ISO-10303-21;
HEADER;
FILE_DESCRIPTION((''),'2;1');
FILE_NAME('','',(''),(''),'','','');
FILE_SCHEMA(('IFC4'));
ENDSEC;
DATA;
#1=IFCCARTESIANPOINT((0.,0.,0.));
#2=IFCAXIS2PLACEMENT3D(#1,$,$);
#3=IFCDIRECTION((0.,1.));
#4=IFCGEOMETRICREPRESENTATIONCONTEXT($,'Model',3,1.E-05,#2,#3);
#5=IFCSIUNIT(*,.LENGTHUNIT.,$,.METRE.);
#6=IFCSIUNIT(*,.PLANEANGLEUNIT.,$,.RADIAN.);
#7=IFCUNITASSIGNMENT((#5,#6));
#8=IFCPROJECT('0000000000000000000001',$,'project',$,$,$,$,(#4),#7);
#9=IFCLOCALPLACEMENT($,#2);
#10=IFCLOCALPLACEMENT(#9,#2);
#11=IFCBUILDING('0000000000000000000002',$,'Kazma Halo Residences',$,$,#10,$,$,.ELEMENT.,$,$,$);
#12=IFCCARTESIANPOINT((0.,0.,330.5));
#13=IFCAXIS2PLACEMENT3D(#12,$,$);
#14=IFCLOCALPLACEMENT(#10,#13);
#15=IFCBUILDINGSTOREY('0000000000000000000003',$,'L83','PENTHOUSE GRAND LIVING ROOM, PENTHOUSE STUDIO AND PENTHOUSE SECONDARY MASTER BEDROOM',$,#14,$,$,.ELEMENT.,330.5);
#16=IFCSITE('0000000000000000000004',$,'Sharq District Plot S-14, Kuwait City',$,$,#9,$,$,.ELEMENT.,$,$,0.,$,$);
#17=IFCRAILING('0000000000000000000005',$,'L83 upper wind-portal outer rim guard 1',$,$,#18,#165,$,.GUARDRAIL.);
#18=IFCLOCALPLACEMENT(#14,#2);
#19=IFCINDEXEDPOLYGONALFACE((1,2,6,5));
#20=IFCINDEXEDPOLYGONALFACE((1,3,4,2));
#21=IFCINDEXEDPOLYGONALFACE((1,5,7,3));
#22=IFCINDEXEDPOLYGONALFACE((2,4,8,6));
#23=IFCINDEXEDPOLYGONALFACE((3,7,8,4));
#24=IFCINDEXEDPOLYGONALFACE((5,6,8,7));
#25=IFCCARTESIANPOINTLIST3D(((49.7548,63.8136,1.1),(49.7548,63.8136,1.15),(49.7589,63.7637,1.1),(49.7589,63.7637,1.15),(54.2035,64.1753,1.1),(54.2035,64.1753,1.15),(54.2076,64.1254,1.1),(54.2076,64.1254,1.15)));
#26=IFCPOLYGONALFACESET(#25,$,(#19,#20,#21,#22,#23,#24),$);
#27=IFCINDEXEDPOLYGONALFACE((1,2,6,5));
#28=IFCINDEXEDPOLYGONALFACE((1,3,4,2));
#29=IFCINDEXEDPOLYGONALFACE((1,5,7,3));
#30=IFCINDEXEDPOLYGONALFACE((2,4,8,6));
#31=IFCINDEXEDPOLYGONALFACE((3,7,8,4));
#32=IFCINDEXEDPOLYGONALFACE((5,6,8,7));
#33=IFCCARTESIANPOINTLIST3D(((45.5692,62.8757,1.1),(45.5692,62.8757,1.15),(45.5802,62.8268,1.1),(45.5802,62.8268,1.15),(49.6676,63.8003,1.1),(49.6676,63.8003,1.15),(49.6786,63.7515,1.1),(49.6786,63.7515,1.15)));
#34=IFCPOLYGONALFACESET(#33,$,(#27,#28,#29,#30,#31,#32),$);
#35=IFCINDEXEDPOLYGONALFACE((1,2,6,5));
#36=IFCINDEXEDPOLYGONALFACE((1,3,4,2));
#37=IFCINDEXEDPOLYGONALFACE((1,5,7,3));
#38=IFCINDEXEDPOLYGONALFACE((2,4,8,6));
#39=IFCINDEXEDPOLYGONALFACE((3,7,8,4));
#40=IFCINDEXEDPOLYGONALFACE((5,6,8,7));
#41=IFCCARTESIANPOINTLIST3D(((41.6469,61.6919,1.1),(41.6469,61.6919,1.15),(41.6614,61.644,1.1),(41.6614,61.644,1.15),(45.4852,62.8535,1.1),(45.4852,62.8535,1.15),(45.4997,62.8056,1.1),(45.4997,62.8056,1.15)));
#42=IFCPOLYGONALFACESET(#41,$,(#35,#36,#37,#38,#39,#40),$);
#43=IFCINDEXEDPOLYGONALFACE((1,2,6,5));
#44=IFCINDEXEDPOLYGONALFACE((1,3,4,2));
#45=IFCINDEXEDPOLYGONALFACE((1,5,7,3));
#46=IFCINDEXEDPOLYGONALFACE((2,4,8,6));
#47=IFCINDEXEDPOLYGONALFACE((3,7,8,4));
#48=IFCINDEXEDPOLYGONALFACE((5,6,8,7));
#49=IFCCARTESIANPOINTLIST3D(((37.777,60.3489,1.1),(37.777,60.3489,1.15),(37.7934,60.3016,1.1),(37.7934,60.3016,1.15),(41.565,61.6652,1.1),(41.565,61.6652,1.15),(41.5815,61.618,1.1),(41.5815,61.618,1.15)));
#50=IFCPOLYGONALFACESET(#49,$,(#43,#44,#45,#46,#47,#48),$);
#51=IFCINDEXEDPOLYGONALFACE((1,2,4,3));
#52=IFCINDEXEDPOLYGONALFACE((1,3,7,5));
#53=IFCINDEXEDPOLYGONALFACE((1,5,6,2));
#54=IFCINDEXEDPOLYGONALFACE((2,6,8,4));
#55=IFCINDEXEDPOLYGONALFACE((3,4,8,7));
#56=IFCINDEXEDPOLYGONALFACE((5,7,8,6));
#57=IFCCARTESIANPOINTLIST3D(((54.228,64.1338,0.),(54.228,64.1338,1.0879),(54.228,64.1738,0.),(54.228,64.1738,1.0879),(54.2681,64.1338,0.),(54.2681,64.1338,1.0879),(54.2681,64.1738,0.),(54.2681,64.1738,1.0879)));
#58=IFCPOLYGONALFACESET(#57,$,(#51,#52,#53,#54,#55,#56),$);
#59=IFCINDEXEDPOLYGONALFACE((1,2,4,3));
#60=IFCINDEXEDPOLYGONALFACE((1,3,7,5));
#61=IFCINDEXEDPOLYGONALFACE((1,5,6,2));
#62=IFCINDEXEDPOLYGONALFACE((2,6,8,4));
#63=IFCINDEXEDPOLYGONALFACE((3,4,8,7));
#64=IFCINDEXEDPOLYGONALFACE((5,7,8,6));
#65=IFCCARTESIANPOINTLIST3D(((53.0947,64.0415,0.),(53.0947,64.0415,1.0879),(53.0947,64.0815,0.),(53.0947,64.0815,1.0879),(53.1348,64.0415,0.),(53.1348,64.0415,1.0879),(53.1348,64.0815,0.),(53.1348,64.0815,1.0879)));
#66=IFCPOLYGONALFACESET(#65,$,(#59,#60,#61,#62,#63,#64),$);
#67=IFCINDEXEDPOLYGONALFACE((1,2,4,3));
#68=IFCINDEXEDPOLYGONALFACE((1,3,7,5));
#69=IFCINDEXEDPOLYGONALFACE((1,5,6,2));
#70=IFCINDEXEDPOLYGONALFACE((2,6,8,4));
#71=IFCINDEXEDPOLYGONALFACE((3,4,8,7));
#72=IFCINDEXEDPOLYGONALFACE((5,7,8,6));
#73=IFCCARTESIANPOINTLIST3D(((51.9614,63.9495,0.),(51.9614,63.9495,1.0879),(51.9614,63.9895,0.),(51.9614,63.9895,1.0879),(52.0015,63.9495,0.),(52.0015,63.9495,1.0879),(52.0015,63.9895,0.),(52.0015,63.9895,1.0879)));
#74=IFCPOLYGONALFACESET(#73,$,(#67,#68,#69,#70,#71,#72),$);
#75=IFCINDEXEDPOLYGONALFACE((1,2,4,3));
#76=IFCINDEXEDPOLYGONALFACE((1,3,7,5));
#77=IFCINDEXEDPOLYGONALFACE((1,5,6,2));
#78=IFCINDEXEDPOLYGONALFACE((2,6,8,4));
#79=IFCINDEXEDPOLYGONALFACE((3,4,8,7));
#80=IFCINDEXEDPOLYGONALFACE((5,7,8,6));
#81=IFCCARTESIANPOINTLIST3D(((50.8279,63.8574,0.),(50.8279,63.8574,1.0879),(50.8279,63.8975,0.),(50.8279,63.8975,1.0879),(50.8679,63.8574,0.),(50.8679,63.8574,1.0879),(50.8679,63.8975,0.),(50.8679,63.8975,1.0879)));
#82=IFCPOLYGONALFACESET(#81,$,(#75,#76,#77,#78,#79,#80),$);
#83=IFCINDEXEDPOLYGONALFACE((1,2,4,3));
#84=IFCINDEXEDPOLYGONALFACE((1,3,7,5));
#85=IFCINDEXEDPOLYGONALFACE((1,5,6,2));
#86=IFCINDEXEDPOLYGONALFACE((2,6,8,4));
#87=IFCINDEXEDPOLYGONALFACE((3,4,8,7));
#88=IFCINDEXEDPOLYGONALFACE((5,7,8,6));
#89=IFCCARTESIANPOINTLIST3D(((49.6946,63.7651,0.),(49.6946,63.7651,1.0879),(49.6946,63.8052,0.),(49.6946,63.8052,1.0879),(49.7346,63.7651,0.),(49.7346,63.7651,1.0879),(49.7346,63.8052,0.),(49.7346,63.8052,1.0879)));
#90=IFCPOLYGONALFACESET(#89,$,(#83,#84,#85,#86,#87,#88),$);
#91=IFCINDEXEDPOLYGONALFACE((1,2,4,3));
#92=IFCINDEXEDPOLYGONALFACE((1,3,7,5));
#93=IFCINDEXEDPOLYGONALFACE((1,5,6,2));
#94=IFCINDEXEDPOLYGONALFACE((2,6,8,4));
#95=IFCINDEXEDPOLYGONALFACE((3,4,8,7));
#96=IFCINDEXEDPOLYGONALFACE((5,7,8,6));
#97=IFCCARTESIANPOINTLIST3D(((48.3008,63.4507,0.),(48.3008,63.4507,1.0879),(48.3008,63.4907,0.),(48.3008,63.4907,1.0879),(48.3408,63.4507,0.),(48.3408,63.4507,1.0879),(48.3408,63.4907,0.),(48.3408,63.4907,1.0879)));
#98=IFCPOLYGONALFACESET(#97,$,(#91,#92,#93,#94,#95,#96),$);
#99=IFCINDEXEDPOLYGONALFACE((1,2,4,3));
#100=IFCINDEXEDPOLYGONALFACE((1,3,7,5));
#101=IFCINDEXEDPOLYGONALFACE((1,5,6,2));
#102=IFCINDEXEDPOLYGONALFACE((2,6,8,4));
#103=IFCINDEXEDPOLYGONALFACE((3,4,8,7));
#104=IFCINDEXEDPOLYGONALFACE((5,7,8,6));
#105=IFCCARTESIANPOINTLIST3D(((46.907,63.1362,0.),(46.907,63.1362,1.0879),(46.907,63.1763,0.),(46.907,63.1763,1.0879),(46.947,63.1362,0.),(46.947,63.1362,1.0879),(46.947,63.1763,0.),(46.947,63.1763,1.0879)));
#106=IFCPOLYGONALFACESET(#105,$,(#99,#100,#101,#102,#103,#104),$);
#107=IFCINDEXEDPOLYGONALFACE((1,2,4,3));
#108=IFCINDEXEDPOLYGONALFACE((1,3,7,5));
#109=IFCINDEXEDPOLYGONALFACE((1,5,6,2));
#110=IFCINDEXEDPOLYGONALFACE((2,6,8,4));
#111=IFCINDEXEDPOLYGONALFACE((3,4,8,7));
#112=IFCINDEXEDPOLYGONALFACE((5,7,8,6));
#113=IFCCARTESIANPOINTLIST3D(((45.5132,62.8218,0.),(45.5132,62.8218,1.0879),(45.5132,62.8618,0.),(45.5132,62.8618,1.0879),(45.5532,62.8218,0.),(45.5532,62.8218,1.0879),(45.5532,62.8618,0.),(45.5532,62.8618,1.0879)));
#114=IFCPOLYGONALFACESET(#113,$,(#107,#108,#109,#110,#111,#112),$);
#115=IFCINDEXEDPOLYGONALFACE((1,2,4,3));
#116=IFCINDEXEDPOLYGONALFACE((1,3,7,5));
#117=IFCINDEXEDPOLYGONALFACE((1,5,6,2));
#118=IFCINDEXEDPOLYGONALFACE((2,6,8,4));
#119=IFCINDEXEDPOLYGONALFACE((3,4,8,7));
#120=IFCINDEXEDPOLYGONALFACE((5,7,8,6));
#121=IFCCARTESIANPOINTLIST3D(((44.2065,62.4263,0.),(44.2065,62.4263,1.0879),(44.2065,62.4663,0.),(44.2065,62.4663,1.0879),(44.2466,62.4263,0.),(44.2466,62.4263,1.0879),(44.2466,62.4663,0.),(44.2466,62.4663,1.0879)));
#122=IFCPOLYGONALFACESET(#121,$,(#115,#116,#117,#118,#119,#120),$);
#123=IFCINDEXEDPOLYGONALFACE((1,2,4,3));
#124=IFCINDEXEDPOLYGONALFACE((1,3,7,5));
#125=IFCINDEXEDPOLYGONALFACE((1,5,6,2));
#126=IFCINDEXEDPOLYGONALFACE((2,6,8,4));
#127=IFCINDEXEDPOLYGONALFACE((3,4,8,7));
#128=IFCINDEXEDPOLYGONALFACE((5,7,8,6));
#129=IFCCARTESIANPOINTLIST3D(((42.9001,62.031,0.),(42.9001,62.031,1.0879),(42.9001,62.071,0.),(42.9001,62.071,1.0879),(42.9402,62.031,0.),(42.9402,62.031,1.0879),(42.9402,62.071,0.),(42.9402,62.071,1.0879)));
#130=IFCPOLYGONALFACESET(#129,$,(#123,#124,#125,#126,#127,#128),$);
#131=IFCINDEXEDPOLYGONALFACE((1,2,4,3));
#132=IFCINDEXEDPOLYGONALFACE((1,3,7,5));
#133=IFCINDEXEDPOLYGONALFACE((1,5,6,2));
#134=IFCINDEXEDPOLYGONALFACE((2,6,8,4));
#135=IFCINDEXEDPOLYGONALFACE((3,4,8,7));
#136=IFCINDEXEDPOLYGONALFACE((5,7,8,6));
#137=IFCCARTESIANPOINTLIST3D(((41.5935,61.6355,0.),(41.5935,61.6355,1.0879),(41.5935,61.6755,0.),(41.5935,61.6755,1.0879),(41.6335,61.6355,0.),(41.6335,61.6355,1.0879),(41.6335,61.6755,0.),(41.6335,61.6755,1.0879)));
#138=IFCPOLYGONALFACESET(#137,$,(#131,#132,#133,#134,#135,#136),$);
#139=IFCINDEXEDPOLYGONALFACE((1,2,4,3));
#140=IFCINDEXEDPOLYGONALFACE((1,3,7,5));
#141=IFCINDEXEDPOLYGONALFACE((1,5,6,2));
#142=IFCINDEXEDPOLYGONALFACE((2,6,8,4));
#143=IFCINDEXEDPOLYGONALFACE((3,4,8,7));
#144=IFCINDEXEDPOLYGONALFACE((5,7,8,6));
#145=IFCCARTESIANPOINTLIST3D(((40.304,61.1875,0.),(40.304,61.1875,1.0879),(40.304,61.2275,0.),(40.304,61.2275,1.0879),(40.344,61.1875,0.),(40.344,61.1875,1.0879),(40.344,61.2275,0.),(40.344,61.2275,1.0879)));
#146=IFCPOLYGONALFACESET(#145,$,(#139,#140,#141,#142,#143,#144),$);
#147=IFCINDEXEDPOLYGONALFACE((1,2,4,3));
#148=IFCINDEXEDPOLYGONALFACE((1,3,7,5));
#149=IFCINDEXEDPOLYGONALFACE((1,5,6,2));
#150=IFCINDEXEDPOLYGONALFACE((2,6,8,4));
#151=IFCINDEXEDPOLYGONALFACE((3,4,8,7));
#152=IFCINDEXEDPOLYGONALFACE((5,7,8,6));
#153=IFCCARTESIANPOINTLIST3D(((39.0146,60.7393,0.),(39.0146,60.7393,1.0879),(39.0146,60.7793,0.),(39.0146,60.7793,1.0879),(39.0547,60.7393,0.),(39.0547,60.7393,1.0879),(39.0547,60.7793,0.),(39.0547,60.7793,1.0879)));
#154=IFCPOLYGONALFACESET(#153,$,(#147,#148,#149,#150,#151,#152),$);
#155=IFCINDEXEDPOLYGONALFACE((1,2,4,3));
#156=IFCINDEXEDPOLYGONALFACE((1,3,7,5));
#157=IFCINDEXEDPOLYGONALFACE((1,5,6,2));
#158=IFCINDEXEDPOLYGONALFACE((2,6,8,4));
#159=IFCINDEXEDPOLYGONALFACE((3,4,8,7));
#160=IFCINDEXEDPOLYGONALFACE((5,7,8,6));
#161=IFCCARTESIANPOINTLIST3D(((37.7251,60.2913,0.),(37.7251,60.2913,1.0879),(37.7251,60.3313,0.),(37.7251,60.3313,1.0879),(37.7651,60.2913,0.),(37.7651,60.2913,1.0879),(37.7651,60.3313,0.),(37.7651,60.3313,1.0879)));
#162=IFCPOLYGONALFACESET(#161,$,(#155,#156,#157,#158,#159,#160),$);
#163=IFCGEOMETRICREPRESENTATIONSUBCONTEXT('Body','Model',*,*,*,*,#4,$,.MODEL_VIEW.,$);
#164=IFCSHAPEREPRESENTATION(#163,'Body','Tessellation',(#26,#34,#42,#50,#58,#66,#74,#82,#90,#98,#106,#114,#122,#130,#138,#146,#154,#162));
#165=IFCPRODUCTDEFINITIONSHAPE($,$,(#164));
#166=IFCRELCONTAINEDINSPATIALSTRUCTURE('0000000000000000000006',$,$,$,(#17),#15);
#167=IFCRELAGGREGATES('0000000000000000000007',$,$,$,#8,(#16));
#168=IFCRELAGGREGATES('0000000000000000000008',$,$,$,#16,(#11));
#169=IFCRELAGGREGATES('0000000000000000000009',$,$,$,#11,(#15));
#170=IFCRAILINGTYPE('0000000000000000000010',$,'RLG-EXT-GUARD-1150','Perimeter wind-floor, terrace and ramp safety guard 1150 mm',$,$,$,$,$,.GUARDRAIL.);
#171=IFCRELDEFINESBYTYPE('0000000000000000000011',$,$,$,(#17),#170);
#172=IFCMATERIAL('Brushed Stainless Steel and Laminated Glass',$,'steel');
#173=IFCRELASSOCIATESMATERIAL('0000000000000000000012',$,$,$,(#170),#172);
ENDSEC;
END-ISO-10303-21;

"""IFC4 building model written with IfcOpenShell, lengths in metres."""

from ifc_helpers import new_model, si_unit, direction, frame, origin, origin_2d, place, context, subcontext, project, spatial, rectangle, extrude, material, type_object, element, save


model = new_model("IFC4")

# Units and contexts
model_context = context("Model", 3, precision=1e-05, world=origin(), true_north=direction((0.0, 1.0)))
body_context = subcontext(model_context, "Body", "Model", "MODEL_VIEW")
ifc_project = project(units=[si_unit("LENGTHUNIT", "METRE"), si_unit("PLANEANGLEUNIT", "RADIAN")], contexts=[model_context])

# Site, building, storey
site_placement = place(None, origin())
site = spatial("IfcSite", under=ifc_project, at=site_placement, Name="Sharq District Plot S-14, Kuwait City", CompositionType="ELEMENT", RefElevation=0.0)
building_placement = place(site_placement, origin())
building = spatial("IfcBuilding", under=site, at=building_placement, Name="Kazma Halo Residences", CompositionType="ELEMENT")
storey_placement = place(building_placement, frame((0.0, 0.0, 330.5)))
storey = spatial("IfcBuildingStorey", under=building, at=storey_placement, Name="L83", Description="PENTHOUSE GRAND LIVING ROOM, PENTHOUSE STUDIO AND PENTHOUSE SECONDARY MASTER BEDROOM", CompositionType="ELEMENT", Elevation=330.5)

# Railing
ifc_material_1 = material(Name="Brushed Stainless Steel and Laminated Glass", Category="steel")
railing_type_1 = type_object("IfcRailingType", Name="RLG-EXT-GUARD-1150", Description="Perimeter wind-floor, terrace and ramp safety guard 1150 mm", PredefinedType="GUARDRAIL", material=ifc_material_1)
railing_1_placement = place(storey_placement, frame((54.248, 64.1538, 0.0)))
element("IfcRailing", 1, at=railing_1_placement, inside=storey, type_object=railing_type_1, Name="L83 upper wind-portal outer rim guard 1", PredefinedType="GUARDRAIL", context=body_context, shape_type="SweptSolid", body=[
    extrude(rectangle(XDim=0.05, YDim=0.05, at=origin_2d()), frame((-0.0425, -0.0034, 1.125), z_axis=(-0.99671, -0.081051, 0.0), x_axis=(0.081051, -0.99671, 0.0)), (0.0, 0.0, 1.0), 4.4634),
    extrude(rectangle(XDim=0.05, YDim=0.05, at=origin_2d()), frame((-4.575, -0.3779, 1.125), z_axis=(-0.975482, -0.220077, 0.0), x_axis=(0.220077, -0.975482, 0.0)), (0.0, 0.0, 1.0), 4.2014),
    extrude(rectangle(XDim=0.05, YDim=0.05, at=origin_2d()), frame((-8.7556, -1.3242, 1.125), z_axis=(-0.957126, -0.289671, 0.0), x_axis=(0.289671, -0.957126, 0.0)), (0.0, 0.0, 1.0), 4.0103),
    extrude(rectangle(XDim=0.05, YDim=0.05, at=origin_2d()), frame((-12.6748, -2.5122, 1.125), z_axis=(-0.944595, -0.328239, 0.0), x_axis=(0.328239, -0.944595, 0.0)), (0.0, 0.0, 1.0), 4.0103),
    extrude(rectangle(XDim=0.04, YDim=0.04, at=origin_2d()), origin(), (0.0, 0.0, 1.0), 1.0879),
    extrude(rectangle(XDim=0.04, YDim=0.04, at=origin_2d()), frame((-1.1333, -0.0923, 0.0)), (0.0, 0.0, 1.0), 1.0879),
    extrude(rectangle(XDim=0.04, YDim=0.04, at=origin_2d()), frame((-2.2666, -0.1843, 0.0)), (0.0, 0.0, 1.0), 1.0879),
    extrude(rectangle(XDim=0.04, YDim=0.04, at=origin_2d()), frame((-3.4001, -0.2764, 0.0)), (0.0, 0.0, 1.0), 1.0879),
    extrude(rectangle(XDim=0.04, YDim=0.04, at=origin_2d()), frame((-4.5334, -0.3687, 0.0)), (0.0, 0.0, 1.0), 1.0879),
    extrude(rectangle(XDim=0.04, YDim=0.04, at=origin_2d()), frame((-5.9272, -0.6831, 0.0)), (0.0, 0.0, 1.0), 1.0879),
    extrude(rectangle(XDim=0.04, YDim=0.04, at=origin_2d()), frame((-7.321, -0.9976, 0.0)), (0.0, 0.0, 1.0), 1.0879),
    extrude(rectangle(XDim=0.04, YDim=0.04, at=origin_2d()), frame((-8.7148, -1.312, 0.0)), (0.0, 0.0, 1.0), 1.0879),
    extrude(rectangle(XDim=0.04, YDim=0.04, at=origin_2d()), frame((-10.0215, -1.7075, 0.0)), (0.0, 0.0, 1.0), 1.0879),
    extrude(rectangle(XDim=0.04, YDim=0.04, at=origin_2d()), frame((-11.3279, -2.1028, 0.0)), (0.0, 0.0, 1.0), 1.0879),
    extrude(rectangle(XDim=0.04, YDim=0.04, at=origin_2d()), frame((-12.6345, -2.4983, 0.0)), (0.0, 0.0, 1.0), 1.0879),
    extrude(rectangle(XDim=0.04, YDim=0.04, at=origin_2d()), frame((-13.9241, -2.9463, 0.0)), (0.0, 0.0, 1.0), 1.0879),
    extrude(rectangle(XDim=0.04, YDim=0.04, at=origin_2d()), frame((-15.2134, -3.3945, 0.0)), (0.0, 0.0, 1.0), 1.0879),
    extrude(rectangle(XDim=0.04, YDim=0.04, at=origin_2d()), frame((-16.5029, -3.8425, 0.0)), (0.0, 0.0, 1.0), 1.0879),
])

save(model, "model.ifc")
